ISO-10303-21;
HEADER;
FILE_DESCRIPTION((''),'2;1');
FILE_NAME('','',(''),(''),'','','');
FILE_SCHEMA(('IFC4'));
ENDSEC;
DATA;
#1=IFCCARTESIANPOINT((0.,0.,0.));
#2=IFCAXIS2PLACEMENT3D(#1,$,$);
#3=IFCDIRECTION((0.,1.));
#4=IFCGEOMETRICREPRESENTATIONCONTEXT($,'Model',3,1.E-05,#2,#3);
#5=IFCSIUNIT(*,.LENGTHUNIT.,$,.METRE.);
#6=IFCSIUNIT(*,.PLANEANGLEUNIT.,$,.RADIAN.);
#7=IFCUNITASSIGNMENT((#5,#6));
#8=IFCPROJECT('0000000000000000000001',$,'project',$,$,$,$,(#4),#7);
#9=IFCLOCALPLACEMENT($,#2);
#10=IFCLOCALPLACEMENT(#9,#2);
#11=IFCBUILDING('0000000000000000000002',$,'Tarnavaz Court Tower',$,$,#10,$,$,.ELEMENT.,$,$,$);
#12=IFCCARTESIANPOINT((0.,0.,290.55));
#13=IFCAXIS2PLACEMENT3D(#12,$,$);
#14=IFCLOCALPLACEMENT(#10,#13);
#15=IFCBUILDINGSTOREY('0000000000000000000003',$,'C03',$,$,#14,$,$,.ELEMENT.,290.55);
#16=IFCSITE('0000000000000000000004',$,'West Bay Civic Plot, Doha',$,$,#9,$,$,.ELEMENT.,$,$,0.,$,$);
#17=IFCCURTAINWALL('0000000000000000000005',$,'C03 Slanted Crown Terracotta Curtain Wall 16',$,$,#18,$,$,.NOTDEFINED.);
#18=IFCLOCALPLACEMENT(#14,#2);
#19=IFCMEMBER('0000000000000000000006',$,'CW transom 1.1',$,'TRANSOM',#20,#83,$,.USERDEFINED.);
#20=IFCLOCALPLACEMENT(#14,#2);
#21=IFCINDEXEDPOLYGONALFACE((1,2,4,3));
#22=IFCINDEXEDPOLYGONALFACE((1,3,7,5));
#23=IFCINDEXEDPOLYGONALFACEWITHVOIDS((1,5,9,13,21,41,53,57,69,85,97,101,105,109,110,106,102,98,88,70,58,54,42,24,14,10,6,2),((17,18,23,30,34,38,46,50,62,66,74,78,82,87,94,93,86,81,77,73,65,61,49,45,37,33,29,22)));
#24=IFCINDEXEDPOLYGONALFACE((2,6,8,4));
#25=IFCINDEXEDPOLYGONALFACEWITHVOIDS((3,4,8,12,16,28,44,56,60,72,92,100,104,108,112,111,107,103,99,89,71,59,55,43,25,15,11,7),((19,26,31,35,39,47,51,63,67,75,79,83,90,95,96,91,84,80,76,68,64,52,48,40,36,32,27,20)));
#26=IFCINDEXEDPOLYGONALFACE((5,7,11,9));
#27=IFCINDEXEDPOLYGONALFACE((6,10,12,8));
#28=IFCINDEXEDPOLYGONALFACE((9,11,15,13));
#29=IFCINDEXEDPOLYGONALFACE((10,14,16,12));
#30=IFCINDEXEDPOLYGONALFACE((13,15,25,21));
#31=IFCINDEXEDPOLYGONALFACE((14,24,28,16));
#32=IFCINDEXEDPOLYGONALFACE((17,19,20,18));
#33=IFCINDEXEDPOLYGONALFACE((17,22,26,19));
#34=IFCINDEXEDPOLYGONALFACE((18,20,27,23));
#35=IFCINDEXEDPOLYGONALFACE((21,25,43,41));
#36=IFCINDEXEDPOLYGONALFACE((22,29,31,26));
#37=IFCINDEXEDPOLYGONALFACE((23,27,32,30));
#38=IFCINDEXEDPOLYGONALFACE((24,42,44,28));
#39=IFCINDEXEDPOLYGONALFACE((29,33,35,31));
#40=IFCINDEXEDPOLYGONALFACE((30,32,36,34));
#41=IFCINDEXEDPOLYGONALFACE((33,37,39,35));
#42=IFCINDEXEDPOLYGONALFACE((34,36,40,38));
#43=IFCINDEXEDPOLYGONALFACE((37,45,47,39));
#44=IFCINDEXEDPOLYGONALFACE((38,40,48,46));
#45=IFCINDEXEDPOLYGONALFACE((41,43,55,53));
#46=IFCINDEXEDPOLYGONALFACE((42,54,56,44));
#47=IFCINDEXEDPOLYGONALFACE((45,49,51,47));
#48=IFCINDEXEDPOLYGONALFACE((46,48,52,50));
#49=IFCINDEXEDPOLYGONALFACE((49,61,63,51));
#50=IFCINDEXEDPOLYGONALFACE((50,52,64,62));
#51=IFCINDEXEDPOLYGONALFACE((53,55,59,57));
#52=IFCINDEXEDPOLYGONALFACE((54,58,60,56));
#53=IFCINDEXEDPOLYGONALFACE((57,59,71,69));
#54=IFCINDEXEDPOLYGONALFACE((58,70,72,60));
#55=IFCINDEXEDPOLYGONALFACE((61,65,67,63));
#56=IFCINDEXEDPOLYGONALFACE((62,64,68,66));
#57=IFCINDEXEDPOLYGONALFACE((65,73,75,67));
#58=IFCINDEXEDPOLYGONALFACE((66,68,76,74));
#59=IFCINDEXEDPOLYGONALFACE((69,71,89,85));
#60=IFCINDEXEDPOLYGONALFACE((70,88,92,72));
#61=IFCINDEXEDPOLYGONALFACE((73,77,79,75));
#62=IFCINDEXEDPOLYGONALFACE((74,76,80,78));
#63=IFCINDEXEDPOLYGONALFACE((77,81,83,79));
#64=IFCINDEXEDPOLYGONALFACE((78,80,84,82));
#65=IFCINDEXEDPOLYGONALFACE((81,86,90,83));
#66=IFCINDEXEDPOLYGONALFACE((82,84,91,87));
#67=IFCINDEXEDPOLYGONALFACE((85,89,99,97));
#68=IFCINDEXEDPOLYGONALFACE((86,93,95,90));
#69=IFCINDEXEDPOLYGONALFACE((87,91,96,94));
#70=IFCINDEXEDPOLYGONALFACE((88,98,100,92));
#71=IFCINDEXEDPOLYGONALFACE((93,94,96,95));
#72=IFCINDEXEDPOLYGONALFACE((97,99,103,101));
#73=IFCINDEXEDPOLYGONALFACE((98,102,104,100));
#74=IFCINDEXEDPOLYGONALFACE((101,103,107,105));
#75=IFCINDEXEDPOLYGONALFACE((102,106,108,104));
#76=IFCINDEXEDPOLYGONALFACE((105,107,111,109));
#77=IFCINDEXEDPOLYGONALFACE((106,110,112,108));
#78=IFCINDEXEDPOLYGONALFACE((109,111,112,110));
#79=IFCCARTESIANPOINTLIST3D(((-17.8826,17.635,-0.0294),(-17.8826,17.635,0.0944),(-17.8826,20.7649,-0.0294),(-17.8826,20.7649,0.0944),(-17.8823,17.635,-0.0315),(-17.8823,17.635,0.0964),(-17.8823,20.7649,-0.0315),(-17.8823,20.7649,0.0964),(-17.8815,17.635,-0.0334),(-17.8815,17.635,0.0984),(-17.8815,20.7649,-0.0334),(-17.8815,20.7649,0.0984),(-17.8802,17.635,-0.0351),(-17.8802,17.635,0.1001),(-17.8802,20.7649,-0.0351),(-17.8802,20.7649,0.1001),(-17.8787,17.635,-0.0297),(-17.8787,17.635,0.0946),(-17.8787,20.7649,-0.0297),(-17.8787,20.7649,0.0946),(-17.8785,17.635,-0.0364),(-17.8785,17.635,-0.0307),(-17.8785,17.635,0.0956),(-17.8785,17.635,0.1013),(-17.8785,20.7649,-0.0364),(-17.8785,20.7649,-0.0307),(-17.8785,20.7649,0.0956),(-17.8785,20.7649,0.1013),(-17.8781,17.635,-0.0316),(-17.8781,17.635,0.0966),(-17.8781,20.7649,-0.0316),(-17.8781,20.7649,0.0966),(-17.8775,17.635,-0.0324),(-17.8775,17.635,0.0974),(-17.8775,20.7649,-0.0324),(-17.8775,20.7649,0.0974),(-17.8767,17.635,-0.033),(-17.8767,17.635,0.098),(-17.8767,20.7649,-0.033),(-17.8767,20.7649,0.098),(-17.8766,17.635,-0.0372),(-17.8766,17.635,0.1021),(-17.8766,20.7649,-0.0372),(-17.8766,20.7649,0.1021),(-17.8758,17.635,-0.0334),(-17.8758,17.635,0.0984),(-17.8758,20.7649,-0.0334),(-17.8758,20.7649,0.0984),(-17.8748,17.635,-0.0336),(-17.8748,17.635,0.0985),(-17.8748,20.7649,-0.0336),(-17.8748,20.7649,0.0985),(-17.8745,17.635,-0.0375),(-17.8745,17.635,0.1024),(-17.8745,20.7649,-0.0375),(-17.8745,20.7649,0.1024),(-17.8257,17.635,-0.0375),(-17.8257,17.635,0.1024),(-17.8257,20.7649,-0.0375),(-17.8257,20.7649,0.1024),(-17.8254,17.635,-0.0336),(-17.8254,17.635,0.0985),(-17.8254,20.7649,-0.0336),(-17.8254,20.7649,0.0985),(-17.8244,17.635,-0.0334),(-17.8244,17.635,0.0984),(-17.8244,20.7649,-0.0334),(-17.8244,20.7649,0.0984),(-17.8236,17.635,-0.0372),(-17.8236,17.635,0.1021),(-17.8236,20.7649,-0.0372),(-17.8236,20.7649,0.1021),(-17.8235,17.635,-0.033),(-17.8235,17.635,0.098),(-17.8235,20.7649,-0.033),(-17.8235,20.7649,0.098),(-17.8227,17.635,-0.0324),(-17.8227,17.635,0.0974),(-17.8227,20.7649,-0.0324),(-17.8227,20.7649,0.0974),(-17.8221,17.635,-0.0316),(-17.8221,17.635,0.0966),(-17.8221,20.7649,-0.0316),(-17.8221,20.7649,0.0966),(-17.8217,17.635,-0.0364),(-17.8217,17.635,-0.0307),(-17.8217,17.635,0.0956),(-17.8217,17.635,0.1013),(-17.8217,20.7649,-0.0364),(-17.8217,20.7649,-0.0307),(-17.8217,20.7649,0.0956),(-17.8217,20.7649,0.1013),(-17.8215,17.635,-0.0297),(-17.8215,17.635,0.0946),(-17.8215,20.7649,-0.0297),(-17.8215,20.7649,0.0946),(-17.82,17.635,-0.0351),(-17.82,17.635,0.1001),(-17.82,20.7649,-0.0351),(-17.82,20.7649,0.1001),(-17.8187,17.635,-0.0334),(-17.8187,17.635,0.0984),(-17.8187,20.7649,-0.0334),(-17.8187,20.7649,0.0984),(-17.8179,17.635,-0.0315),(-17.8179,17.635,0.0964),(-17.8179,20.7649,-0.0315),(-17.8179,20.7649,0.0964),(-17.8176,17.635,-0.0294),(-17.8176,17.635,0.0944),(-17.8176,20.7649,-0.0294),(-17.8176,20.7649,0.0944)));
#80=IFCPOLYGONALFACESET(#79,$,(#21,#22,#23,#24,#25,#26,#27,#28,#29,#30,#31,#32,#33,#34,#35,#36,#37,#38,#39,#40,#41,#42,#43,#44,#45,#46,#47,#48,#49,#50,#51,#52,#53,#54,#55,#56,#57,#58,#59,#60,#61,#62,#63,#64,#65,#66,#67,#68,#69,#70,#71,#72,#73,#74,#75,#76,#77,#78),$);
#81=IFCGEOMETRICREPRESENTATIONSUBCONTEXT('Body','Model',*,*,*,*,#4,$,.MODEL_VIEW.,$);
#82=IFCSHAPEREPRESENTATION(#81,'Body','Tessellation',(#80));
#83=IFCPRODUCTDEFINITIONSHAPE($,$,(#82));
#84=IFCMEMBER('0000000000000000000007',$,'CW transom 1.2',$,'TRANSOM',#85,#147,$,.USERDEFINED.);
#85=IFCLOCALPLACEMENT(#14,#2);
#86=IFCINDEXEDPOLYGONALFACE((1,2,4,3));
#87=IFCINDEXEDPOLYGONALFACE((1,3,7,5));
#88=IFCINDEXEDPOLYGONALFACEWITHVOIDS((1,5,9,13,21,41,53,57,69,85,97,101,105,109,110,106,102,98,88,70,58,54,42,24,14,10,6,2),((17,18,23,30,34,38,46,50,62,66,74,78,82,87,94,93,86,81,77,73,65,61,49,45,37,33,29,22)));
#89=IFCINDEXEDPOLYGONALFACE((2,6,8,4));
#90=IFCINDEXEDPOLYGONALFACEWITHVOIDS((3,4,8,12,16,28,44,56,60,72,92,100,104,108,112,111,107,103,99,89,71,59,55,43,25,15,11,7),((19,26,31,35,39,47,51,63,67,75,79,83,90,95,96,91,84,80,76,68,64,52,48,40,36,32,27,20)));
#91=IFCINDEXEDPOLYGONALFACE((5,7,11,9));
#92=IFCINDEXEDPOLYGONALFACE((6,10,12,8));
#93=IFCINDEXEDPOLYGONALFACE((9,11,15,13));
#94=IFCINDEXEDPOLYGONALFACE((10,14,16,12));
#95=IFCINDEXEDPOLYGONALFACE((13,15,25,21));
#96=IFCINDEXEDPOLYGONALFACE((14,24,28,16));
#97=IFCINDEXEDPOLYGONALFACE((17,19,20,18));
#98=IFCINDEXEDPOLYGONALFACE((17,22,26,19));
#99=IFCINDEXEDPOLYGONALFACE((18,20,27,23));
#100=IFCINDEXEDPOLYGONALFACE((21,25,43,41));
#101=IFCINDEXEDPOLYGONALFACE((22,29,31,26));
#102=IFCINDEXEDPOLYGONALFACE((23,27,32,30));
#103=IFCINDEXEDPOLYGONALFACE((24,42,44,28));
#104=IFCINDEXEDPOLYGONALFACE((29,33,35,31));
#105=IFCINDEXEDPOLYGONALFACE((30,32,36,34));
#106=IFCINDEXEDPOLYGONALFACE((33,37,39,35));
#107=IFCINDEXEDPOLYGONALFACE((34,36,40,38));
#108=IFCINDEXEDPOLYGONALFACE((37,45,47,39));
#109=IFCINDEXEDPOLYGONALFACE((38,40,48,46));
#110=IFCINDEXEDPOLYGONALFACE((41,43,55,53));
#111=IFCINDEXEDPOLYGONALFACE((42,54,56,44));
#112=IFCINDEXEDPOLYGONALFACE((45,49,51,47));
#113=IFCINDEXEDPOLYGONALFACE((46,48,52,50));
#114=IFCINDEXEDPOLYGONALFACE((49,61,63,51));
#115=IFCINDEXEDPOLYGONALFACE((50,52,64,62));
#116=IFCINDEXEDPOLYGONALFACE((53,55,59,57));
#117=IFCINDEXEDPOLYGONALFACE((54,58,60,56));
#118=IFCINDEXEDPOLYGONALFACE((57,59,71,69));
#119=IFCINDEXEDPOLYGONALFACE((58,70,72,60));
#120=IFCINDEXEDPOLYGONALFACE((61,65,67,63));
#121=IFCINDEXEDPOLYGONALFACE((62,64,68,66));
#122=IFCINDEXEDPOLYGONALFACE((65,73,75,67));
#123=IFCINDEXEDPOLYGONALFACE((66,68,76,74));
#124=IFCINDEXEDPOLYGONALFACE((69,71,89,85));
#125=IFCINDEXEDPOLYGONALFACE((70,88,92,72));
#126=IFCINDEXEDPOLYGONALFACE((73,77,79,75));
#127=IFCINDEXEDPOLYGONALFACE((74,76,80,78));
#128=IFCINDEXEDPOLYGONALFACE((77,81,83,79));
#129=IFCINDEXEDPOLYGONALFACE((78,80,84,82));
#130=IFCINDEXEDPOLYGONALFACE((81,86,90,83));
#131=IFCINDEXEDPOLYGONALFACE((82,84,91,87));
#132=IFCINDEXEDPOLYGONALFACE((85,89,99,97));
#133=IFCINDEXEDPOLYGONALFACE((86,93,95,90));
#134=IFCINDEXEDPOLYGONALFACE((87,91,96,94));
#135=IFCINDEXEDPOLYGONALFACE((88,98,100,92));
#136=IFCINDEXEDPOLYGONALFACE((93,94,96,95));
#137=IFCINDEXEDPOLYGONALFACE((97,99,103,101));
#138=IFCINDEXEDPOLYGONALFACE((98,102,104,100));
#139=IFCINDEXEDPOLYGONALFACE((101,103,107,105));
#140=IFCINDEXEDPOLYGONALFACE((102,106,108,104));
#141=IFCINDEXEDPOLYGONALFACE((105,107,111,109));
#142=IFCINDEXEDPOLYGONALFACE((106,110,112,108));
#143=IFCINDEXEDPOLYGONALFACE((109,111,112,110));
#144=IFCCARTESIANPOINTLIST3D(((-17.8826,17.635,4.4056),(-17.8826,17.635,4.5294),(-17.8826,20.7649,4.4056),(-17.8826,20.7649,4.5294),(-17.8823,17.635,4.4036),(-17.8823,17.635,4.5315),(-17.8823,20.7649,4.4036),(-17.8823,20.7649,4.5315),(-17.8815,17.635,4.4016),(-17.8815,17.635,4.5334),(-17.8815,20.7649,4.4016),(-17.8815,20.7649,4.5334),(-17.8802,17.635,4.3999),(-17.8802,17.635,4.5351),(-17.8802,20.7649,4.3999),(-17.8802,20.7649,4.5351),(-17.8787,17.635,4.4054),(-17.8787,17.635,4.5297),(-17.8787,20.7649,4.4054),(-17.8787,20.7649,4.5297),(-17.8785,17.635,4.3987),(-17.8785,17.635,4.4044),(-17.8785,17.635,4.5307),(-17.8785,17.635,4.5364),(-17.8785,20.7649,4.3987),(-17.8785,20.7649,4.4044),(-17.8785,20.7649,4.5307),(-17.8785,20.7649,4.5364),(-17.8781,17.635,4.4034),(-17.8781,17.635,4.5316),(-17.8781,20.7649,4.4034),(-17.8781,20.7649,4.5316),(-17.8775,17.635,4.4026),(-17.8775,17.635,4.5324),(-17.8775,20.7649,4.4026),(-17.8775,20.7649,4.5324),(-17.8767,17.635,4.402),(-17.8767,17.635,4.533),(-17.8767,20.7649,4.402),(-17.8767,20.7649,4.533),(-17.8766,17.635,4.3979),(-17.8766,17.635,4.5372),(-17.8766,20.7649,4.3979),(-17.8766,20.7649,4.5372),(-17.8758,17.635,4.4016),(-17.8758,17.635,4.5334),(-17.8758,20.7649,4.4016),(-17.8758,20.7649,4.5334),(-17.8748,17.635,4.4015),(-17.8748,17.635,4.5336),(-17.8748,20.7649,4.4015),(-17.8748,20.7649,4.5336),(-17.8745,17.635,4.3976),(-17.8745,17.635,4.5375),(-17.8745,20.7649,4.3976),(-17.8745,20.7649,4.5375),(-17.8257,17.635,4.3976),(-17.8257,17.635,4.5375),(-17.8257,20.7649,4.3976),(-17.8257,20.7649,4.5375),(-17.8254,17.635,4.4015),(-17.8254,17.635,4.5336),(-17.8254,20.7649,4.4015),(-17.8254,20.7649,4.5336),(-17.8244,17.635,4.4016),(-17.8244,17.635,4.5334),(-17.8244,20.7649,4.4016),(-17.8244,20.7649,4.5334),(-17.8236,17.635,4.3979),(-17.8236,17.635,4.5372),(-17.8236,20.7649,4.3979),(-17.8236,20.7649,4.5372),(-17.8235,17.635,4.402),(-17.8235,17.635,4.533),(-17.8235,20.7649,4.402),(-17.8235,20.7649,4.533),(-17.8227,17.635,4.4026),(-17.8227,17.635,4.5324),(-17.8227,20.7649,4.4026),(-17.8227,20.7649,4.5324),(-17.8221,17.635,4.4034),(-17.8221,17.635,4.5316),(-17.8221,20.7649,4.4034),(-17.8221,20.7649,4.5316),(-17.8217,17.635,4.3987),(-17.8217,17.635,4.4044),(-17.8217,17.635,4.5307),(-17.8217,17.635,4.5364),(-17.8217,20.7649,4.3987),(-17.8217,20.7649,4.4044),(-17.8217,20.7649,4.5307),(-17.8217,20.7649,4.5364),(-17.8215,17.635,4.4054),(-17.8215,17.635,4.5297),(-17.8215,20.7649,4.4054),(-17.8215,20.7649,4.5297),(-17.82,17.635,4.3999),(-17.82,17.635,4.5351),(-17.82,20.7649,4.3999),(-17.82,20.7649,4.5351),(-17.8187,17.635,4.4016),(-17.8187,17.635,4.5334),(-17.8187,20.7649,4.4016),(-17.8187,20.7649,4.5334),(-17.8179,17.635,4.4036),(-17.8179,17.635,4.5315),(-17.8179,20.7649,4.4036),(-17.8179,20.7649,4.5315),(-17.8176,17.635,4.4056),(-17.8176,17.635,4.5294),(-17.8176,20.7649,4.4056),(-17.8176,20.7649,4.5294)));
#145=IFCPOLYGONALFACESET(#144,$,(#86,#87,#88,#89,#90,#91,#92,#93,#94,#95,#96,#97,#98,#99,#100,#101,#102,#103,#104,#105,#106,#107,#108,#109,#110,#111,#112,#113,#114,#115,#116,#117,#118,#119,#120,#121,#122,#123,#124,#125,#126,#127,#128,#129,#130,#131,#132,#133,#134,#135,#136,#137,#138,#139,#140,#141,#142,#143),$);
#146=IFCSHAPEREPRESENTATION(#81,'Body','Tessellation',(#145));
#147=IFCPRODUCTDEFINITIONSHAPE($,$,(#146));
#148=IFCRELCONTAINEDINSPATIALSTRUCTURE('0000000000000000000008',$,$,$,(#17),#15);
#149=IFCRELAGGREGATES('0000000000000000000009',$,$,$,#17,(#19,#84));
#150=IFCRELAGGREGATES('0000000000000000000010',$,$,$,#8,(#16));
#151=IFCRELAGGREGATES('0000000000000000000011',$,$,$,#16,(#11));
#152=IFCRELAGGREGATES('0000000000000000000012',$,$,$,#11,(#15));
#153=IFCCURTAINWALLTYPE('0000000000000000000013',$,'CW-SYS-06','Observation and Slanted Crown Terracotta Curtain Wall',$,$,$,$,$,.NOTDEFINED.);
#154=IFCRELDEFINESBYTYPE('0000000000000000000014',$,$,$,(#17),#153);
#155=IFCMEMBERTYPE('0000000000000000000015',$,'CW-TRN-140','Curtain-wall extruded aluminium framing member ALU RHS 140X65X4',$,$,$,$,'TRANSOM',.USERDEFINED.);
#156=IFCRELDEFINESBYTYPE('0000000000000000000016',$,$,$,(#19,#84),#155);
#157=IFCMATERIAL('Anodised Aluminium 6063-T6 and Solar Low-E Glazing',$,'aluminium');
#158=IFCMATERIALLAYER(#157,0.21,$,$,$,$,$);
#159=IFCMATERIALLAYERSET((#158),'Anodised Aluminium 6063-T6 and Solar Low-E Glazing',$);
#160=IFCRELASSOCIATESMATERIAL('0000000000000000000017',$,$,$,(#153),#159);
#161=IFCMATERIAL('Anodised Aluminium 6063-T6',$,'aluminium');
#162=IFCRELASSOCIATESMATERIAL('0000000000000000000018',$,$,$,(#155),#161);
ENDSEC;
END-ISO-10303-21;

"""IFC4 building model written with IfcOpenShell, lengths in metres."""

from ifc_helpers import new_model, si_unit, direction, frame, origin, origin_2d, place, context, subcontext, project, spatial, hollow_rectangle, extrude, material, layer, layer_set, material_profile, profile_set, type_object, element, aggregate, save


model = new_model("IFC4")

# Units and contexts
model_context = context("Model", 3, precision=1e-05, world=origin(), true_north=direction((0.0, 1.0)))
body_context = subcontext(model_context, "Body", "Model", "MODEL_VIEW")
ifc_project = project(units=[si_unit("LENGTHUNIT", "METRE"), si_unit("PLANEANGLEUNIT", "RADIAN")], contexts=[model_context])

# Site, building, storey
site_placement = place(None, origin())
site = spatial("IfcSite", under=ifc_project, at=site_placement, Name="West Bay Civic Plot, Doha", CompositionType="ELEMENT", RefElevation=0.0)
building_placement = place(site_placement, origin())
building = spatial("IfcBuilding", under=site, at=building_placement, Name="Tarnavaz Court Tower", CompositionType="ELEMENT")
storey_placement = place(building_placement, frame((0.0, 0.0, 290.55)))
storey = spatial("IfcBuildingStorey", under=building, at=storey_placement, Name="C03", CompositionType="ELEMENT", Elevation=290.55)

# Curtain wall
ifc_material_1 = material(Name="Anodised Aluminium 6063-T6 and Solar Low-E Glazing", Category="aluminium")
ifc_layer_1 = layer(ifc_material_1, 0.21)
ifc_layer_set_1 = layer_set([ifc_layer_1], Name="Anodised Aluminium 6063-T6 and Solar Low-E Glazing")
curtain_wall_type = type_object("IfcCurtainWallType", Name="CW-SYS-06", Description="Observation and Slanted Crown Terracotta Curtain Wall", PredefinedType="NOTDEFINED", material=ifc_layer_set_1)
ifc_material_2 = material(Name="Anodised Aluminium 6063-T6", Category="aluminium")
curtain_wall_1_placement = place(storey_placement, origin())
curtain_wall_1 = element("IfcCurtainWall", 1, at=curtain_wall_1_placement, inside=storey, type_object=curtain_wall_type, Name="C03 Slanted Crown Terracotta Curtain Wall 16", PredefinedType="NOTDEFINED")

# Members
ifc_material_profile_1 = material_profile(ifc_material_2, hollow_rectangle(XDim=0.0649, YDim=0.1399, WallThickness=0.0039, InnerFilletRadius=0.0039, OuterFilletRadius=0.0081, at=origin_2d()), Name="ALU RHS 140X65X4")
ifc_profile_set_1 = profile_set([ifc_material_profile_1], Name="Anodised Aluminium 6063-T6")
member_type_1 = type_object("IfcMemberType", Name="CW-TRN-140", Description="Curtain-wall extruded aluminium framing member ALU RHS 140X65X4", ElementType="TRANSOM", PredefinedType="USERDEFINED", material=ifc_profile_set_1)
member_1_placement = place(storey_placement, frame((-17.8501, 17.635, 0.0325), z_axis=(0.0, 1.0, 0.0), x_axis=(-1.0, 0.0, 0.0)))
member_1 = element("IfcMember", 2, at=member_1_placement, type_object=member_type_1, Name="CW transom 1.1", ObjectType="TRANSOM", PredefinedType="USERDEFINED", context=body_context, shape_type="SweptSolid", body=[
    extrude(hollow_rectangle(XDim=0.0649, YDim=0.1399, WallThickness=0.0039, InnerFilletRadius=0.0039, OuterFilletRadius=0.0081, at=origin_2d()), origin(), (0.0, 0.0, 1.0), 3.1299),
])
member_2_placement = place(storey_placement, frame((-17.8501, 17.635, 4.4675), z_axis=(0.0, 1.0, 0.0), x_axis=(-1.0, 0.0, 0.0)))
member_2 = element("IfcMember", 3, at=member_2_placement, type_object=member_type_1, Name="CW transom 1.2", ObjectType="TRANSOM", PredefinedType="USERDEFINED", context=body_context, shape_type="SweptSolid", body=[
    extrude(hollow_rectangle(XDim=0.0649, YDim=0.1399, WallThickness=0.0039, InnerFilletRadius=0.0039, OuterFilletRadius=0.0081, at=origin_2d()), origin(), (0.0, 0.0, 1.0), 3.1299),
])

aggregate(curtain_wall_1, [member_1, member_2])

save(model, "model.ifc")
